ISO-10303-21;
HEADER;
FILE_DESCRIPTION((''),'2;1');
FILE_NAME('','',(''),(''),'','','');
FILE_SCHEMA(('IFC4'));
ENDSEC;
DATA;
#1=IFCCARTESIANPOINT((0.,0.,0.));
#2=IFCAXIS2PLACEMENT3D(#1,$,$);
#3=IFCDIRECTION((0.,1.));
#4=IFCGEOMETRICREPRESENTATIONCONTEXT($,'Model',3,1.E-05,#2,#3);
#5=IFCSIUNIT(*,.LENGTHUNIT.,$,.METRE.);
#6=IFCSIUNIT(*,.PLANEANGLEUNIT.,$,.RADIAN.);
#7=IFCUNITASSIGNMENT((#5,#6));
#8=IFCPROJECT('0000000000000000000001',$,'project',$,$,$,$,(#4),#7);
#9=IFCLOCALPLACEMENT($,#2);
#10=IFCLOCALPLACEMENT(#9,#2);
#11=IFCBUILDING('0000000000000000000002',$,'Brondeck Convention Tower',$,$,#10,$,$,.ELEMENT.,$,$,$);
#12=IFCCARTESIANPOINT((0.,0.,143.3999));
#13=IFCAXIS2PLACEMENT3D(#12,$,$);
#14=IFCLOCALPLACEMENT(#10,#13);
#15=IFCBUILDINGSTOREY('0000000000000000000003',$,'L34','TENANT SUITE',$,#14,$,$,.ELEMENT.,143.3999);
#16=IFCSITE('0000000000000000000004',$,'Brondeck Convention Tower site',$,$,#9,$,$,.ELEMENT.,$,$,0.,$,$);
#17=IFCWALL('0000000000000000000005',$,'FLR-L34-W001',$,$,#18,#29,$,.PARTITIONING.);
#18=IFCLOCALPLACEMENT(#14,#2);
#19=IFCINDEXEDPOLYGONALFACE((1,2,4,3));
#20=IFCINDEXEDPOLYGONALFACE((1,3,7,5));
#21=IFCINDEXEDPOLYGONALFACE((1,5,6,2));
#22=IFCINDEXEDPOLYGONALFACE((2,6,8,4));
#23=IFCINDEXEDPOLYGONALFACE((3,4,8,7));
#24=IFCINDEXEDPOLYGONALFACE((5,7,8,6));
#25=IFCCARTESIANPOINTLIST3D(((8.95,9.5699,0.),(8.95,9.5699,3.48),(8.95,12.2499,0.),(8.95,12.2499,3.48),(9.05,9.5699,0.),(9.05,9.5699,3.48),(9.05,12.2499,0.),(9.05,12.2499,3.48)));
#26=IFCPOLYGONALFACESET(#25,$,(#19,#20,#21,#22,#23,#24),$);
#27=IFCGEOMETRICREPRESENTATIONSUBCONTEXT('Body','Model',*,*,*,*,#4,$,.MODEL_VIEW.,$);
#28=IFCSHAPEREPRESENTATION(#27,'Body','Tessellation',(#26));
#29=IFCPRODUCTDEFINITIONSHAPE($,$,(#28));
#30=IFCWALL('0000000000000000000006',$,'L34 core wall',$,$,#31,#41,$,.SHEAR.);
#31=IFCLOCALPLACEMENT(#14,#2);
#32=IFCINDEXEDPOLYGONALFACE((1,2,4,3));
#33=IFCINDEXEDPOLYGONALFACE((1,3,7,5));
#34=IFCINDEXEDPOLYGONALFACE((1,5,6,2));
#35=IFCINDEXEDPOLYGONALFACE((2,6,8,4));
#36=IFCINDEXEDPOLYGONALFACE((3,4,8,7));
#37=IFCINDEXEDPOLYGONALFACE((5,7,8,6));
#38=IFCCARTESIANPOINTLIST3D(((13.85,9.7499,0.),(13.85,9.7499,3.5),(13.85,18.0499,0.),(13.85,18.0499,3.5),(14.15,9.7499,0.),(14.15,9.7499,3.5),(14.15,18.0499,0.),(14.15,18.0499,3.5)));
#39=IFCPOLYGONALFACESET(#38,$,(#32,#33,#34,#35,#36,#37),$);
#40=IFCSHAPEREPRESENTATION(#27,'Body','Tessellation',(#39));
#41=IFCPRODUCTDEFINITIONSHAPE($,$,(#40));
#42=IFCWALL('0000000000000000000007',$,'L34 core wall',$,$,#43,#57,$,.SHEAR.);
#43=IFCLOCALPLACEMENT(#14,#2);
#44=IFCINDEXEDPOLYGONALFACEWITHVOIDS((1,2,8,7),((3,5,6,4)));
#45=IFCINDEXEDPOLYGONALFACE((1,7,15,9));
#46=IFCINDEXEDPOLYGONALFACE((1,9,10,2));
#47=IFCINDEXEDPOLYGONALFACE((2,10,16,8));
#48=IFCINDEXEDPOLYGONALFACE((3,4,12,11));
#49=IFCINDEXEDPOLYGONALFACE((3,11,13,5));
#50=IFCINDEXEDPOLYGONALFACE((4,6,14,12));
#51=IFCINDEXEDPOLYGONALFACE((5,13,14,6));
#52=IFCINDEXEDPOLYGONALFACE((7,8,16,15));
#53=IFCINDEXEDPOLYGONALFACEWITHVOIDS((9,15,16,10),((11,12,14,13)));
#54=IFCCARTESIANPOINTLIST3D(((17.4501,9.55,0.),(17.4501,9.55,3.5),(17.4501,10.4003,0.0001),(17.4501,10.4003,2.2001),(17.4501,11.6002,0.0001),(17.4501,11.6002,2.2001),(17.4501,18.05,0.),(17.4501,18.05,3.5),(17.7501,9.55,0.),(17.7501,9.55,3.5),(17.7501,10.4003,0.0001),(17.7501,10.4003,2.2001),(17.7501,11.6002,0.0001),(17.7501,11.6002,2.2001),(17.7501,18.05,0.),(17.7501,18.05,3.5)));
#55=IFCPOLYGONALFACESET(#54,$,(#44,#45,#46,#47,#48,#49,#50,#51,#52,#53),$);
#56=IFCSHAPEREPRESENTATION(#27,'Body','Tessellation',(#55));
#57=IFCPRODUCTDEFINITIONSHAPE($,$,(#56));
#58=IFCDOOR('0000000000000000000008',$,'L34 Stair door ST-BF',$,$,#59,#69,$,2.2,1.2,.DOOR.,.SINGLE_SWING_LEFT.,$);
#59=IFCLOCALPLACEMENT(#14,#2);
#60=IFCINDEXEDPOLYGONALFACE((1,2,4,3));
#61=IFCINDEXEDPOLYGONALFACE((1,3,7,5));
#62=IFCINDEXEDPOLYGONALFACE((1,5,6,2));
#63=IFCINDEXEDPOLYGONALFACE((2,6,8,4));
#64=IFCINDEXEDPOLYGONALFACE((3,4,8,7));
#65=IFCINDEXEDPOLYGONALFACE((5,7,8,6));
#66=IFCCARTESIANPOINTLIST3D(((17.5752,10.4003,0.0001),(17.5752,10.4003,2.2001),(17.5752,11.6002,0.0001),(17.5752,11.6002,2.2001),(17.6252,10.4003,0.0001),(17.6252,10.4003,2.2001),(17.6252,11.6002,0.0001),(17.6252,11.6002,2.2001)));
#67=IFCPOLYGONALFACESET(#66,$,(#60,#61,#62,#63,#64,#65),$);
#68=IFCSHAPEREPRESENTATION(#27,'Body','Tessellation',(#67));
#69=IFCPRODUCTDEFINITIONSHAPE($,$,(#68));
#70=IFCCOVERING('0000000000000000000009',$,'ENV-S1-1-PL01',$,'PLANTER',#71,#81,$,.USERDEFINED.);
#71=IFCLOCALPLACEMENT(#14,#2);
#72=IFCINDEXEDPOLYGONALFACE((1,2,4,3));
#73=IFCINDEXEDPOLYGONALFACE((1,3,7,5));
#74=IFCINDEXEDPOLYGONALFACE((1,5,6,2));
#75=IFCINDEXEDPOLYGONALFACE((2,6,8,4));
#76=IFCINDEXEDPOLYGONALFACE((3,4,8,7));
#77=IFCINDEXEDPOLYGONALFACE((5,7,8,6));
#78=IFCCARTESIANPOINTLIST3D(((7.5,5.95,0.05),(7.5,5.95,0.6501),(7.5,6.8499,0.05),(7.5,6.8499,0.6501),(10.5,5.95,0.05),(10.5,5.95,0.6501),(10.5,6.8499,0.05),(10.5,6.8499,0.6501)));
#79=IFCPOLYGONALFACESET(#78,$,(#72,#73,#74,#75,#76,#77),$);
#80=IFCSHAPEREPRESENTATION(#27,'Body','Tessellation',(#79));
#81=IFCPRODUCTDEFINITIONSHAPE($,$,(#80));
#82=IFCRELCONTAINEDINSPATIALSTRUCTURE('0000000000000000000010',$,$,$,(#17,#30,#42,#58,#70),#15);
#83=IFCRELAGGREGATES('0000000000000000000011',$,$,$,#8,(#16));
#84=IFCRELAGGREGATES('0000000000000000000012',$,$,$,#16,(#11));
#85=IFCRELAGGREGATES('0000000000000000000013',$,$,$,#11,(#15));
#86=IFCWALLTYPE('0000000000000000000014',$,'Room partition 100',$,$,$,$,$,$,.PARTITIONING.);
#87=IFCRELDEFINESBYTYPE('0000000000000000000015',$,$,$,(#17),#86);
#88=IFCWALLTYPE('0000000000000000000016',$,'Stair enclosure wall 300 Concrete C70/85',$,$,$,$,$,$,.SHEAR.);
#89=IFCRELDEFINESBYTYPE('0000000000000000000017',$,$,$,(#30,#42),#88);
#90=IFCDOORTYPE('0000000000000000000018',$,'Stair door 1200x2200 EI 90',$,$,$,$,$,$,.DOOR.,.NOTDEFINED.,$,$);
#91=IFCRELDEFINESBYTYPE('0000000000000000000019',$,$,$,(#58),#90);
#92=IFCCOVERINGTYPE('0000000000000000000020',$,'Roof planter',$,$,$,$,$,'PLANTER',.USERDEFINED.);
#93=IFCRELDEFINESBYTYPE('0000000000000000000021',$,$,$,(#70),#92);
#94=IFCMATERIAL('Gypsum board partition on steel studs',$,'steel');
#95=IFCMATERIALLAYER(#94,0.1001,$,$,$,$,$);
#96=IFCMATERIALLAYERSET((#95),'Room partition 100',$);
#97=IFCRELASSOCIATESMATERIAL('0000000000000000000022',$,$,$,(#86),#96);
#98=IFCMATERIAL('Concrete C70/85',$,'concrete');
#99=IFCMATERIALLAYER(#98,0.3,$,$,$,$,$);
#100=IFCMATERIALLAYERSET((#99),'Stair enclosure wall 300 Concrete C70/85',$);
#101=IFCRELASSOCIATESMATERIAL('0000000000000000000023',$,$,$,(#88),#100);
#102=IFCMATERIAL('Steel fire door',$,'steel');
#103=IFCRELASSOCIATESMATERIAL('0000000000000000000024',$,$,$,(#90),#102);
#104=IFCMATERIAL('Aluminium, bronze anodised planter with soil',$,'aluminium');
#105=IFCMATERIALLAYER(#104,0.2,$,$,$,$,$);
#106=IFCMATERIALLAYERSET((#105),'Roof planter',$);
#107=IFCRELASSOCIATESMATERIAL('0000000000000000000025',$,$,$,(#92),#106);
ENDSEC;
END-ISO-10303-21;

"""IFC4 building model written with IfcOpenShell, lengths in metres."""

from ifc_helpers import new_model, si_unit, direction, frame, frame_2d, origin, origin_2d, place, context, subcontext, project, spatial, rectangle, extrude, material, layer, layer_set, type_object, element, fill, save


model = new_model("IFC4")

# Units and contexts
model_context = context("Model", 3, precision=1e-05, world=origin(), true_north=direction((0.0, 1.0)))
body_context = subcontext(model_context, "Body", "Model", "MODEL_VIEW")
ifc_project = project(units=[si_unit("LENGTHUNIT", "METRE"), si_unit("PLANEANGLEUNIT", "RADIAN")], contexts=[model_context])

# Site, building, storey
site_placement = place(None, origin())
site = spatial("IfcSite", under=ifc_project, at=site_placement, Name="Brondeck Convention Tower site", CompositionType="ELEMENT", RefElevation=0.0)
building_placement = place(site_placement, origin())
building = spatial("IfcBuilding", under=site, at=building_placement, Name="Brondeck Convention Tower", CompositionType="ELEMENT")
storey_placement = place(building_placement, frame((0.0, 0.0, 143.3999)))
storey = spatial("IfcBuildingStorey", under=building, at=storey_placement, Name="L34", Description="TENANT SUITE", CompositionType="ELEMENT", Elevation=143.3999)

# Shared definitions
ifc_material_1 = material(Name="Concrete C70/85", Category="concrete")

# Walls
ifc_material_2 = material(Name="Gypsum board partition on steel studs", Category="steel")
ifc_layer_1 = layer(ifc_material_2, 0.1001)
ifc_layer_set_1 = layer_set([ifc_layer_1], Name="Room partition 100")
wall_type_1 = type_object("IfcWallType", Name="Room partition 100", PredefinedType="PARTITIONING", material=ifc_layer_set_1)
wall_1_placement = place(storey_placement, frame((9.0, 9.5701, 0.0), z_axis=(0.0, 0.0, 1.0), x_axis=(0.0, 1.0, 0.0)))
element("IfcWall", 1, at=wall_1_placement, inside=storey, type_object=wall_type_1, Name="FLR-L34-W001", PredefinedType="PARTITIONING", context=body_context, shape_type="SweptSolid", body=[
    extrude(rectangle(XDim=2.6799, YDim=0.1001, at=frame_2d((1.3398, 0.0))), origin(), (0.0, 0.0, 1.0), 3.48),
])
ifc_layer_2 = layer(ifc_material_1, 0.3)
ifc_layer_set_2 = layer_set([ifc_layer_2], Name="Stair enclosure wall 300 Concrete C70/85")
wall_type_2 = type_object("IfcWallType", Name="Stair enclosure wall 300 Concrete C70/85", PredefinedType="SHEAR", material=ifc_layer_set_2)
wall_2_placement = place(storey_placement, frame((14.0, 9.75, 0.0), z_axis=(0.0, 0.0, 1.0), x_axis=(0.0, 1.0, 0.0)))
element("IfcWall", 2, at=wall_2_placement, inside=storey, type_object=wall_type_2, Name="L34 core wall", PredefinedType="SHEAR", context=body_context, shape_type="SweptSolid", body=[
    extrude(rectangle(XDim=8.3, YDim=0.3, at=frame_2d((4.1499, 0.0))), origin(), (0.0, 0.0, 1.0), 3.5),
])

# Wall, opening, door
wall_3_placement = place(storey_placement, frame((17.6001, 9.55, 0.0), z_axis=(0.0, 0.0, 1.0), x_axis=(0.0, 1.0, 0.0)))
wall_3 = element("IfcWall", 3, at=wall_3_placement, inside=storey, type_object=wall_type_2, Name="L34 core wall", PredefinedType="SHEAR", context=body_context, shape_type="SweptSolid", body=[
    extrude(rectangle(XDim=8.5, YDim=0.3, at=frame_2d((4.25, 0.0))), origin(), (0.0, 0.0, 1.0), 3.5),
])
opening_1_placement = place(wall_3_placement, frame((0.8501, 0.0, 0.0)))
opening_1 = element("IfcOpeningElement", 4, at=opening_1_placement, cuts=wall_3, PredefinedType="OPENING", context=body_context, shape_type="SweptSolid", body=[
    extrude(rectangle(XDim=1.2, YDim=2.2, at=frame_2d((0.6001, 1.1001))), frame((0.0, 0.1599, 0.0), z_axis=(0.0, -1.0, 0.0), x_axis=(1.0, 0.0, 0.0)), (0.0, 0.0, 1.0), 0.3201),
])
ifc_material_3 = material(Name="Steel fire door", Category="steel")
door_type_1 = type_object("IfcDoorType", Name="Stair door 1200x2200 EI 90", OperationType="NOTDEFINED", PredefinedType="DOOR", material=ifc_material_3)
door_1_placement = place(opening_1_placement, origin())
door_1 = element("IfcDoor", 5, at=door_1_placement, inside=storey, type_object=door_type_1, Name="L34 Stair door ST-BF", OperationType="SINGLE_SWING_LEFT", OverallHeight=2.2, OverallWidth=1.2, PredefinedType="DOOR", context=body_context, shape_type="SweptSolid", body=[
    extrude(rectangle(XDim=1.2, YDim=2.2, at=frame_2d((0.6001, 1.1001))), frame((0.0, 0.0249, 0.0), z_axis=(0.0, -1.0, 0.0), x_axis=(1.0, 0.0, 0.0)), (0.0, 0.0, 1.0), 0.05),
])
fill(opening_1, door_1)

# Covering
ifc_material_4 = material(Name="Aluminium, bronze anodised planter with soil", Category="aluminium")
ifc_layer_3 = layer(ifc_material_4, 0.2)
ifc_layer_set_3 = layer_set([ifc_layer_3], Name="Roof planter")
covering_type = type_object("IfcCoveringType", Name="Roof planter", ElementType="PLANTER", PredefinedType="USERDEFINED", material=ifc_layer_set_3)
covering_placement = place(storey_placement, frame((9.0, 6.3999, 0.05), z_axis=(0.0, 0.0, 1.0), x_axis=(1.0, 0.0, 0.0)))
element("IfcCovering", 6, at=covering_placement, inside=storey, type_object=covering_type, Name="ENV-S1-1-PL01", ObjectType="PLANTER", PredefinedType="USERDEFINED", context=body_context, shape_type="SweptSolid", body=[
    extrude(rectangle(XDim=3.0, YDim=0.8999, at=origin_2d()), origin(), (0.0, 0.0, 1.0), 0.6001),
])

save(model, "model.ifc")
